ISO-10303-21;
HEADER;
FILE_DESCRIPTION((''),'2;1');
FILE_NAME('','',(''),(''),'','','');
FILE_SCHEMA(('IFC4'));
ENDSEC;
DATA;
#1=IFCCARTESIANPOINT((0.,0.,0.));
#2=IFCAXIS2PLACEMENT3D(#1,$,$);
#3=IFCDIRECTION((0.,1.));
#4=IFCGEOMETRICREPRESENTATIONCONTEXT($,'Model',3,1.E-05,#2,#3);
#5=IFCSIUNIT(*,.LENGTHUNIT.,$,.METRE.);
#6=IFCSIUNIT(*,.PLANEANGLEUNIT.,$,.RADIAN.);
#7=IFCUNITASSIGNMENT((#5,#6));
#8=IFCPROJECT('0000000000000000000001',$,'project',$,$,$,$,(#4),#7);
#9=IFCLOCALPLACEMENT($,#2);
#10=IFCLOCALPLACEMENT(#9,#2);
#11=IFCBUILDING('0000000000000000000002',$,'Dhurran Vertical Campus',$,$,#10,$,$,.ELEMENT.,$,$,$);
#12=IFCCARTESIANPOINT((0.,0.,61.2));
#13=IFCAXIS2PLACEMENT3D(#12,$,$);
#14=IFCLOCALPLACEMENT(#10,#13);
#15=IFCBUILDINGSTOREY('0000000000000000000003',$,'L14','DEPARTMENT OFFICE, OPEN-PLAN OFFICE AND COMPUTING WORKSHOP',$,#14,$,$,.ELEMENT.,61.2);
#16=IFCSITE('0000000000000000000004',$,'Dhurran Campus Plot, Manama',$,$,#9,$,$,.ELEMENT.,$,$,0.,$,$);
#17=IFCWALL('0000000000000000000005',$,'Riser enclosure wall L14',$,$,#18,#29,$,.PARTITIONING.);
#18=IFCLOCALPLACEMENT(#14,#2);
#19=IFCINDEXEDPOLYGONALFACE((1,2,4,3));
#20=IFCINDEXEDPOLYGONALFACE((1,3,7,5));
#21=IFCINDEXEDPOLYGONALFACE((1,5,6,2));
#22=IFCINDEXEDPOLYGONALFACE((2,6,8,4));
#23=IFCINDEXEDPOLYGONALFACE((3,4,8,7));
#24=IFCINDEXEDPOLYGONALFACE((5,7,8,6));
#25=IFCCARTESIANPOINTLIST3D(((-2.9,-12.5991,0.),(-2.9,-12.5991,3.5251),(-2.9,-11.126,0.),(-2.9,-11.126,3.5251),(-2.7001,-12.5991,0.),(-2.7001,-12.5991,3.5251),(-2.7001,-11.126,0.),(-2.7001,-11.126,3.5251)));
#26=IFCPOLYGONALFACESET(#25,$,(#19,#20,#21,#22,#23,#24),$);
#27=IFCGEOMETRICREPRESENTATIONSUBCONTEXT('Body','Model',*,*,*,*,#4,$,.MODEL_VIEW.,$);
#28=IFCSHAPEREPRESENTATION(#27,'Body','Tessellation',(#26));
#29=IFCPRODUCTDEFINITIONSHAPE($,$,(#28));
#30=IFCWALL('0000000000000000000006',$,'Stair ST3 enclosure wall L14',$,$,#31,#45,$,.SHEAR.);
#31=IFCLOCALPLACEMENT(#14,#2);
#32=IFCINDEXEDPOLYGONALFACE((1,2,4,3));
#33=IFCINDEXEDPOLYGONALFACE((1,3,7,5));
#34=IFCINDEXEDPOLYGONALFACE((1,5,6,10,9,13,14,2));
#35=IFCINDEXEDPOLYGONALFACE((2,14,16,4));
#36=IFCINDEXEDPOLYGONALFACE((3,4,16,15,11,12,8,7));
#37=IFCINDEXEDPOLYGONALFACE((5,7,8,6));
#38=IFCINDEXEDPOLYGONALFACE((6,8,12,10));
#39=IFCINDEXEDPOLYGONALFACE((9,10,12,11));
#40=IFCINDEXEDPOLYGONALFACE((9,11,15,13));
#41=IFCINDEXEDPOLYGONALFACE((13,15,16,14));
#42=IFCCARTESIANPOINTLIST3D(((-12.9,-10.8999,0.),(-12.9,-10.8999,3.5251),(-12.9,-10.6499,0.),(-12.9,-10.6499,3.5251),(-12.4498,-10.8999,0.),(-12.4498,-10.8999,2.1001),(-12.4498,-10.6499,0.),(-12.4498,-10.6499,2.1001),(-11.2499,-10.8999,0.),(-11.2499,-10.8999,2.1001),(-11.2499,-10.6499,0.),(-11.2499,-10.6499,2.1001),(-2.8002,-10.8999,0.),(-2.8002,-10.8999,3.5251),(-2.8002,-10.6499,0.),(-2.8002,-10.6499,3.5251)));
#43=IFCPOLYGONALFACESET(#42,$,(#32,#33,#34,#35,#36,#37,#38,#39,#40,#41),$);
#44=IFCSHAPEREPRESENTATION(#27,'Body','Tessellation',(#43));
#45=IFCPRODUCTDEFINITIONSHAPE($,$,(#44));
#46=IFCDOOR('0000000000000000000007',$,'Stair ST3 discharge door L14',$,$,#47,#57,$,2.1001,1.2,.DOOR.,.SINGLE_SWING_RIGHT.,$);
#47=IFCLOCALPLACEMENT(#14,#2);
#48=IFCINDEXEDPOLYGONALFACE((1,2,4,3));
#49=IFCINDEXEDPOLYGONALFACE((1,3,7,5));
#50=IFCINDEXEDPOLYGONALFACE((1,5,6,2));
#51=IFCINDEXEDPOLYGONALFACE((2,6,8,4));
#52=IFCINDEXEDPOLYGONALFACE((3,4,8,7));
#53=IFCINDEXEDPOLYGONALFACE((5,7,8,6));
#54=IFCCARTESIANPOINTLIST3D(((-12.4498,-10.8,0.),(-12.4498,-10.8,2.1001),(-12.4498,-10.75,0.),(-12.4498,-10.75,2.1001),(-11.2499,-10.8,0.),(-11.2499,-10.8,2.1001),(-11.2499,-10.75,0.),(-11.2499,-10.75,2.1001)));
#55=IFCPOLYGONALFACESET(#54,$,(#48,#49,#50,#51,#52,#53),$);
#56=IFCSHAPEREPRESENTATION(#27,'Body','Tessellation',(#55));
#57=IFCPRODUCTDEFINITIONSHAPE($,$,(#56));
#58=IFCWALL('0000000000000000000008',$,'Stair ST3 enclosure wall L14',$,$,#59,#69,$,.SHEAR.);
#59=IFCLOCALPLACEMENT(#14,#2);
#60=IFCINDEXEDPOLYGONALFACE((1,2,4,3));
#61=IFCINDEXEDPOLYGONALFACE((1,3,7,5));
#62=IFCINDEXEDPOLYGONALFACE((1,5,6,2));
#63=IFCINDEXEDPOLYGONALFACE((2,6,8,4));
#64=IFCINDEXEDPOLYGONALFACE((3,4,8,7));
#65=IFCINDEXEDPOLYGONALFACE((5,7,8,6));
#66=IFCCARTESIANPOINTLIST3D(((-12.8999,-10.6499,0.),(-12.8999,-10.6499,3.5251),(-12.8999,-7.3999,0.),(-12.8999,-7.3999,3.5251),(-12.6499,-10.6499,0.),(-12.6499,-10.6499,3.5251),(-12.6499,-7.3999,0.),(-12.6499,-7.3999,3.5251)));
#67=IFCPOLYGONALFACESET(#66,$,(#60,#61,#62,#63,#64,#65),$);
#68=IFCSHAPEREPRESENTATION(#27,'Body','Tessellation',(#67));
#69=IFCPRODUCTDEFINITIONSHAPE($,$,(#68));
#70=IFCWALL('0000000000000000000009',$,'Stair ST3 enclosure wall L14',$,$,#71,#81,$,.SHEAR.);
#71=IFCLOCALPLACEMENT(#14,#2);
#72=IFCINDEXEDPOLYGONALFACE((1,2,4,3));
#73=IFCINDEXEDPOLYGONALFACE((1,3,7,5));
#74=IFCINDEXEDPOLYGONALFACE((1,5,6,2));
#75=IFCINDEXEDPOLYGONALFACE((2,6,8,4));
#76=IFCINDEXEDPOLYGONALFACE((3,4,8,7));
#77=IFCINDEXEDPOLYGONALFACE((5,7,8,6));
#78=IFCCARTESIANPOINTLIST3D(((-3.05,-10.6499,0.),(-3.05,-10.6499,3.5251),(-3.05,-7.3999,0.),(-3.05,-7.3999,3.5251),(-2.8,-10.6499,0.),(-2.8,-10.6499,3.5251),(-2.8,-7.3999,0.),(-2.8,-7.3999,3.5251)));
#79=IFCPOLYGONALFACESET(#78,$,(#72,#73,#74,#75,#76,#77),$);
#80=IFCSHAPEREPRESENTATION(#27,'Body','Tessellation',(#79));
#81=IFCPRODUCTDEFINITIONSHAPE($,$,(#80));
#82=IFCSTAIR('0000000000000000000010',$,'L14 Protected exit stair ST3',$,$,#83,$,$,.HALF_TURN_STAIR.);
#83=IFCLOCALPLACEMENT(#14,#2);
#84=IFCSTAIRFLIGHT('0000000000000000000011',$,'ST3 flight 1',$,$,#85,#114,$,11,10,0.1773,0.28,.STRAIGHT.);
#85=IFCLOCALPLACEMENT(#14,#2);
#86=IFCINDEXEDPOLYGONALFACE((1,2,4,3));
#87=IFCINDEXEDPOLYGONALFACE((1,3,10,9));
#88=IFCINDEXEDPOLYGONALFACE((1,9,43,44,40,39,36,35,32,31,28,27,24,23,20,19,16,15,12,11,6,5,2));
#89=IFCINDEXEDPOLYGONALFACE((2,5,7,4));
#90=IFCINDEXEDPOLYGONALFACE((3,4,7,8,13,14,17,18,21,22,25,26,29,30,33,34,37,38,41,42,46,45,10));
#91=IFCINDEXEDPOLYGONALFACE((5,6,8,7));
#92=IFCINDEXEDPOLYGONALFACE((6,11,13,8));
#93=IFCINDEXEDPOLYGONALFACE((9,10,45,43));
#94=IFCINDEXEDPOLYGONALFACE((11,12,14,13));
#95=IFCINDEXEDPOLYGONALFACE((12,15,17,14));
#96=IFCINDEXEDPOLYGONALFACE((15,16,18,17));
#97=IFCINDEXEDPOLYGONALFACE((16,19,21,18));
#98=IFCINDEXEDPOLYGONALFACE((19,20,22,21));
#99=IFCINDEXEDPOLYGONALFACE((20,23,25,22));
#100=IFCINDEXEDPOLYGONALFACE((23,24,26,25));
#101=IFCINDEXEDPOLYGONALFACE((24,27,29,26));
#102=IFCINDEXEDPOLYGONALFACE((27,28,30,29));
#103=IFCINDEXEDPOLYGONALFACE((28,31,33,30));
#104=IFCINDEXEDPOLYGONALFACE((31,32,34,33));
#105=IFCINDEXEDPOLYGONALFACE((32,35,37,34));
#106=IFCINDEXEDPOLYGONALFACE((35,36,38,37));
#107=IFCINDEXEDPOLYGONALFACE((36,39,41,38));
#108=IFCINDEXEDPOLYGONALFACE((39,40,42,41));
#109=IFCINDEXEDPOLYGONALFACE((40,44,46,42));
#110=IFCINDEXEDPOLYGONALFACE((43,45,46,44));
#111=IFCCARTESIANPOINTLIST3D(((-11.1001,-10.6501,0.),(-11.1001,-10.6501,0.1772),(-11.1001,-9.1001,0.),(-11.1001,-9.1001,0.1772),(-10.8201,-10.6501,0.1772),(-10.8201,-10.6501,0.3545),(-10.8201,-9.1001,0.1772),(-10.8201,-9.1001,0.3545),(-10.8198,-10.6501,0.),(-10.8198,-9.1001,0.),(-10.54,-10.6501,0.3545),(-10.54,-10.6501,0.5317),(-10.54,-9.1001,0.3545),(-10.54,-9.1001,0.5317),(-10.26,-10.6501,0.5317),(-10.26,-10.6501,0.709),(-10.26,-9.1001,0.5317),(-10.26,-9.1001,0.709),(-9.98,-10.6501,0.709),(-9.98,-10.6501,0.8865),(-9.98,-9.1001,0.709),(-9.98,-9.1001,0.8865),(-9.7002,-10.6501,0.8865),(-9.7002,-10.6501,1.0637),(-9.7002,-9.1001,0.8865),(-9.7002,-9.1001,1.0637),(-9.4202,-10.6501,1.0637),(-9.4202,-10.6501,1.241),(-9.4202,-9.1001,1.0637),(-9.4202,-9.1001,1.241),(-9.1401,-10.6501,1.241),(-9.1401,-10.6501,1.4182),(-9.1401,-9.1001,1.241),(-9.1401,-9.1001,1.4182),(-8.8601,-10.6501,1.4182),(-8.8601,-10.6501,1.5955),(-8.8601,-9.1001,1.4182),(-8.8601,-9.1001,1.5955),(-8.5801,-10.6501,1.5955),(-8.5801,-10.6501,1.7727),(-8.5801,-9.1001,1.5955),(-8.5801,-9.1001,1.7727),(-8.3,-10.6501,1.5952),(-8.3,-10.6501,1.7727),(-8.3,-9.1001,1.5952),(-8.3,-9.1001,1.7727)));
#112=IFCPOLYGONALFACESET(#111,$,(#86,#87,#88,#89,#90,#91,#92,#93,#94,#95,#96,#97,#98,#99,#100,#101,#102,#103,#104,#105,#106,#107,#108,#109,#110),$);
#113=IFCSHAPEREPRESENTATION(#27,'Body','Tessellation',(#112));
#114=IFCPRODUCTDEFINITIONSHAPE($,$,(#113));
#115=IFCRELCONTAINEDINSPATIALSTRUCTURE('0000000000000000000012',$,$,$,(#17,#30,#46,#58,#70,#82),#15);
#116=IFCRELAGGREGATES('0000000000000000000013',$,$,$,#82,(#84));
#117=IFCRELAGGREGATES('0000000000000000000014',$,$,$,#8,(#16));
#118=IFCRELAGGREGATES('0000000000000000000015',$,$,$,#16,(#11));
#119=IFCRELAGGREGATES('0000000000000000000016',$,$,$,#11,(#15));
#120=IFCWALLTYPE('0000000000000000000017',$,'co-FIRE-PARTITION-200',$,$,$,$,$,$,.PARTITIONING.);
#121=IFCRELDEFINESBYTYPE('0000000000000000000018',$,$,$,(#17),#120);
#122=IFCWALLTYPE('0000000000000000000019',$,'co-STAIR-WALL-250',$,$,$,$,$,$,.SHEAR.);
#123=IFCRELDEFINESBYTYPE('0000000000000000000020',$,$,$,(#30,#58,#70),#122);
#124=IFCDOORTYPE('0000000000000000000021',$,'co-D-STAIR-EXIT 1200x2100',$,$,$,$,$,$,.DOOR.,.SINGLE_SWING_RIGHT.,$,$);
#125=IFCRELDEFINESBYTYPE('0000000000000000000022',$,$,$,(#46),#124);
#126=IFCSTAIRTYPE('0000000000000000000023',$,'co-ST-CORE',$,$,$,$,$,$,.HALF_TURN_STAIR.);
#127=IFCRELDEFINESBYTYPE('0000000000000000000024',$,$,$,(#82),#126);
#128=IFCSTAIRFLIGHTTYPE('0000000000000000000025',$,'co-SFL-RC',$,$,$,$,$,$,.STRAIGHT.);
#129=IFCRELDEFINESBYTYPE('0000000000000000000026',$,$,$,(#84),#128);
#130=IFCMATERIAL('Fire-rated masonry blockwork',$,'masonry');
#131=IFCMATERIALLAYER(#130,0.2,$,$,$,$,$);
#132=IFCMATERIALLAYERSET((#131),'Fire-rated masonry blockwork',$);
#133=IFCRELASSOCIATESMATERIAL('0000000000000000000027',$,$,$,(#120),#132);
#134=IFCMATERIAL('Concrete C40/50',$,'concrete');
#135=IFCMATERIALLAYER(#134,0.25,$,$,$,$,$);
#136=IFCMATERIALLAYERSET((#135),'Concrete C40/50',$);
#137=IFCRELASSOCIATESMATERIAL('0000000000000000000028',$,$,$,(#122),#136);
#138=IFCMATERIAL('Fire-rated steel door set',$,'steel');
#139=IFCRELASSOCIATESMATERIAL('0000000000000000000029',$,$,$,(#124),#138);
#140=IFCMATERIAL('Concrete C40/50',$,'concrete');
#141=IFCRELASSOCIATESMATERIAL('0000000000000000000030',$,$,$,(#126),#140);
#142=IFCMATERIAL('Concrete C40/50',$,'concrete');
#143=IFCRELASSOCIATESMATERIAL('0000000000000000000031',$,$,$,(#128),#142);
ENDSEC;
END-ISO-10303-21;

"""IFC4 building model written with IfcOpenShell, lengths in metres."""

from ifc_helpers import new_model, si_unit, direction, frame, frame_2d, origin, place, context, subcontext, project, spatial, polyline, rectangle, outline, extrude, material, layer, layer_set, type_object, element, fill, aggregate, save


model = new_model("IFC4")

# Units and contexts
model_context = context("Model", 3, precision=1e-05, world=origin(), true_north=direction((0.0, 1.0)))
body_context = subcontext(model_context, "Body", "Model", "MODEL_VIEW")
ifc_project = project(units=[si_unit("LENGTHUNIT", "METRE"), si_unit("PLANEANGLEUNIT", "RADIAN")], contexts=[model_context])

# Site, building, storey
site_placement = place(None, origin())
site = spatial("IfcSite", under=ifc_project, at=site_placement, Name="Dhurran Campus Plot, Manama", CompositionType="ELEMENT", RefElevation=0.0)
building_placement = place(site_placement, origin())
building = spatial("IfcBuilding", under=site, at=building_placement, Name="Dhurran Vertical Campus", CompositionType="ELEMENT")
storey_placement = place(building_placement, frame((0.0, 0.0, 61.2)))
storey = spatial("IfcBuildingStorey", under=building, at=storey_placement, Name="L14", Description="DEPARTMENT OFFICE, OPEN-PLAN OFFICE AND COMPUTING WORKSHOP", CompositionType="ELEMENT", Elevation=61.2)

# Shared definitions
ifc_material_1 = material(Name="Fire-rated masonry blockwork", Category="masonry")
ifc_layer_1 = layer(ifc_material_1, 0.2)
ifc_layer_set_1 = layer_set([ifc_layer_1], Name="Fire-rated masonry blockwork")
wall_type_1 = type_object("IfcWallType", Name="co-FIRE-PARTITION-200", PredefinedType="PARTITIONING", material=ifc_layer_set_1)

# Wall
wall_1_placement = place(storey_placement, frame((-2.8, -12.5991, 0.0), z_axis=(0.0, 0.0, 1.0), x_axis=(0.0, 1.0, 0.0)))
element("IfcWall", 1, at=wall_1_placement, inside=storey, type_object=wall_type_1, Name="Riser enclosure wall L14", PredefinedType="PARTITIONING", context=body_context, shape_type="SweptSolid", body=[
    extrude(rectangle(XDim=1.4731, YDim=0.2, at=frame_2d((0.7366, 0.0))), origin(), (0.0, 0.0, 1.0), 3.5251),
])

# Wall, opening, door
ifc_material_2 = material(Name="Concrete C40/50", Category="concrete")
ifc_layer_2 = layer(ifc_material_2, 0.25)
ifc_layer_set_2 = layer_set([ifc_layer_2], Name="Concrete C40/50")
wall_type_2 = type_object("IfcWallType", Name="co-STAIR-WALL-250", PredefinedType="SHEAR", material=ifc_layer_set_2)
wall_2_placement = place(storey_placement, frame((-12.8999, -10.7749, 0.0), z_axis=(0.0, 0.0, 1.0), x_axis=(1.0, 0.0, 0.0)))
wall_2 = element("IfcWall", 2, at=wall_2_placement, inside=storey, type_object=wall_type_2, Name="Stair ST3 enclosure wall L14", PredefinedType="SHEAR", context=body_context, shape_type="SweptSolid", body=[
    extrude(rectangle(XDim=10.0999, YDim=0.25, at=frame_2d((5.0498, 0.0))), origin(), (0.0, 0.0, 1.0), 3.5251),
])
opening_1_placement = place(wall_2_placement, frame((0.45, 0.0, 0.0)))
opening_1 = element("IfcOpeningElement", 3, at=opening_1_placement, cuts=wall_2, PredefinedType="OPENING", context=body_context, shape_type="SweptSolid", body=[
    extrude(rectangle(XDim=1.2, YDim=2.1001, at=frame_2d((0.6001, 1.05))), frame((0.0, 0.135, 0.0), z_axis=(0.0, -1.0, 0.0), x_axis=(1.0, 0.0, 0.0)), (0.0, 0.0, 1.0), 0.27),
])
ifc_material_3 = material(Name="Fire-rated steel door set", Category="steel")
door_type_1 = type_object("IfcDoorType", Name="co-D-STAIR-EXIT 1200x2100", OperationType="SINGLE_SWING_RIGHT", PredefinedType="DOOR", material=ifc_material_3)
door_1_placement = place(opening_1_placement, origin())
door_1 = element("IfcDoor", 4, at=door_1_placement, inside=storey, type_object=door_type_1, Name="Stair ST3 discharge door L14", OperationType="SINGLE_SWING_RIGHT", OverallHeight=2.1001, OverallWidth=1.2, PredefinedType="DOOR", context=body_context, shape_type="SweptSolid", body=[
    extrude(rectangle(XDim=1.2, YDim=2.1001, at=frame_2d((0.6001, 1.05))), frame((0.0, 0.0249, 0.0), z_axis=(0.0, -1.0, 0.0), x_axis=(1.0, 0.0, 0.0)), (0.0, 0.0, 1.0), 0.05),
])
fill(opening_1, door_1)

# Walls
for number, where, z_axis, x_axis, name in (
    (5, (-12.7749, -10.6499, 0.0), (0.0, 0.0, 1.0), (0.0, 1.0, 0.0), "Stair ST3 enclosure wall L14"),
    (6, (-2.925, -10.6499, 0.0), (0.0, 0.0, 1.0), (0.0, 1.0, 0.0), "Stair ST3 enclosure wall L14"),
):
    element("IfcWall", number, at=place(storey_placement, frame(where, z_axis=z_axis, x_axis=x_axis)), inside=storey, type_object=wall_type_2, Name=name, PredefinedType="SHEAR", context=body_context, shape_type="SweptSolid", body=[
        extrude(rectangle(XDim=3.25, YDim=0.25, at=frame_2d((1.625, 0.0))), origin(), (0.0, 0.0, 1.0), 3.5251),
    ])

# Stair, stair flight
ifc_material_4 = material(Name="Concrete C40/50", Category="concrete")
stair_type = type_object("IfcStairType", Name="co-ST-CORE", PredefinedType="HALF_TURN_STAIR", material=ifc_material_4)
stair_placement = place(storey_placement, origin())
stair = element("IfcStair", 7, at=stair_placement, inside=storey, type_object=stair_type, Name="L14 Protected exit stair ST3", PredefinedType="HALF_TURN_STAIR")
ifc_material_5 = material(Name="Concrete C40/50", Category="concrete")
stair_flight_type = type_object("IfcStairFlightType", Name="co-SFL-RC", PredefinedType="STRAIGHT", material=ifc_material_5)
stair_flight_placement = place(storey_placement, frame((-11.1001, -9.875, 0.0), z_axis=(0.0, 0.0, 1.0), x_axis=(1.0, 0.0, 0.0)))
stair_flight = element("IfcStairFlight", 8, at=stair_flight_placement, type_object=stair_flight_type, Name="ST3 flight 1", NumberOfRisers=11, NumberOfTreads=10, PredefinedType="STRAIGHT", RiserHeight=0.1773, TreadLength=0.28, context=body_context, shape_type="SweptSolid", body=[
    extrude(outline(polyline([(0.0, 0.0), (0.0, 0.1772), (0.28, 0.1772), (0.28, 0.3545), (0.5601, 0.3545), (0.5601, 0.5317), (0.8401, 0.5317), (0.8401, 0.709), (1.1201, 0.709), (1.1201, 0.8865), (1.3999, 0.8865), (1.3999, 1.0637), (1.6799, 1.0637), (1.6799, 1.241), (1.96, 1.241), (1.96, 1.4182), (2.24, 1.4182), (2.24, 1.5955), (2.52, 1.5955), (2.52, 1.7727), (2.8, 1.7727), (2.8, 1.95), (2.8, 1.5952), (0.2803, 0.0), (0.0, 0.0)])), frame((0.0, 0.7749, 0.0), z_axis=(0.0, -1.0, 0.0), x_axis=(1.0, 0.0, 0.0)), (0.0, 0.0, 1.0), 1.55),
])
aggregate(stair, [stair_flight])

save(model, "model.ifc")
